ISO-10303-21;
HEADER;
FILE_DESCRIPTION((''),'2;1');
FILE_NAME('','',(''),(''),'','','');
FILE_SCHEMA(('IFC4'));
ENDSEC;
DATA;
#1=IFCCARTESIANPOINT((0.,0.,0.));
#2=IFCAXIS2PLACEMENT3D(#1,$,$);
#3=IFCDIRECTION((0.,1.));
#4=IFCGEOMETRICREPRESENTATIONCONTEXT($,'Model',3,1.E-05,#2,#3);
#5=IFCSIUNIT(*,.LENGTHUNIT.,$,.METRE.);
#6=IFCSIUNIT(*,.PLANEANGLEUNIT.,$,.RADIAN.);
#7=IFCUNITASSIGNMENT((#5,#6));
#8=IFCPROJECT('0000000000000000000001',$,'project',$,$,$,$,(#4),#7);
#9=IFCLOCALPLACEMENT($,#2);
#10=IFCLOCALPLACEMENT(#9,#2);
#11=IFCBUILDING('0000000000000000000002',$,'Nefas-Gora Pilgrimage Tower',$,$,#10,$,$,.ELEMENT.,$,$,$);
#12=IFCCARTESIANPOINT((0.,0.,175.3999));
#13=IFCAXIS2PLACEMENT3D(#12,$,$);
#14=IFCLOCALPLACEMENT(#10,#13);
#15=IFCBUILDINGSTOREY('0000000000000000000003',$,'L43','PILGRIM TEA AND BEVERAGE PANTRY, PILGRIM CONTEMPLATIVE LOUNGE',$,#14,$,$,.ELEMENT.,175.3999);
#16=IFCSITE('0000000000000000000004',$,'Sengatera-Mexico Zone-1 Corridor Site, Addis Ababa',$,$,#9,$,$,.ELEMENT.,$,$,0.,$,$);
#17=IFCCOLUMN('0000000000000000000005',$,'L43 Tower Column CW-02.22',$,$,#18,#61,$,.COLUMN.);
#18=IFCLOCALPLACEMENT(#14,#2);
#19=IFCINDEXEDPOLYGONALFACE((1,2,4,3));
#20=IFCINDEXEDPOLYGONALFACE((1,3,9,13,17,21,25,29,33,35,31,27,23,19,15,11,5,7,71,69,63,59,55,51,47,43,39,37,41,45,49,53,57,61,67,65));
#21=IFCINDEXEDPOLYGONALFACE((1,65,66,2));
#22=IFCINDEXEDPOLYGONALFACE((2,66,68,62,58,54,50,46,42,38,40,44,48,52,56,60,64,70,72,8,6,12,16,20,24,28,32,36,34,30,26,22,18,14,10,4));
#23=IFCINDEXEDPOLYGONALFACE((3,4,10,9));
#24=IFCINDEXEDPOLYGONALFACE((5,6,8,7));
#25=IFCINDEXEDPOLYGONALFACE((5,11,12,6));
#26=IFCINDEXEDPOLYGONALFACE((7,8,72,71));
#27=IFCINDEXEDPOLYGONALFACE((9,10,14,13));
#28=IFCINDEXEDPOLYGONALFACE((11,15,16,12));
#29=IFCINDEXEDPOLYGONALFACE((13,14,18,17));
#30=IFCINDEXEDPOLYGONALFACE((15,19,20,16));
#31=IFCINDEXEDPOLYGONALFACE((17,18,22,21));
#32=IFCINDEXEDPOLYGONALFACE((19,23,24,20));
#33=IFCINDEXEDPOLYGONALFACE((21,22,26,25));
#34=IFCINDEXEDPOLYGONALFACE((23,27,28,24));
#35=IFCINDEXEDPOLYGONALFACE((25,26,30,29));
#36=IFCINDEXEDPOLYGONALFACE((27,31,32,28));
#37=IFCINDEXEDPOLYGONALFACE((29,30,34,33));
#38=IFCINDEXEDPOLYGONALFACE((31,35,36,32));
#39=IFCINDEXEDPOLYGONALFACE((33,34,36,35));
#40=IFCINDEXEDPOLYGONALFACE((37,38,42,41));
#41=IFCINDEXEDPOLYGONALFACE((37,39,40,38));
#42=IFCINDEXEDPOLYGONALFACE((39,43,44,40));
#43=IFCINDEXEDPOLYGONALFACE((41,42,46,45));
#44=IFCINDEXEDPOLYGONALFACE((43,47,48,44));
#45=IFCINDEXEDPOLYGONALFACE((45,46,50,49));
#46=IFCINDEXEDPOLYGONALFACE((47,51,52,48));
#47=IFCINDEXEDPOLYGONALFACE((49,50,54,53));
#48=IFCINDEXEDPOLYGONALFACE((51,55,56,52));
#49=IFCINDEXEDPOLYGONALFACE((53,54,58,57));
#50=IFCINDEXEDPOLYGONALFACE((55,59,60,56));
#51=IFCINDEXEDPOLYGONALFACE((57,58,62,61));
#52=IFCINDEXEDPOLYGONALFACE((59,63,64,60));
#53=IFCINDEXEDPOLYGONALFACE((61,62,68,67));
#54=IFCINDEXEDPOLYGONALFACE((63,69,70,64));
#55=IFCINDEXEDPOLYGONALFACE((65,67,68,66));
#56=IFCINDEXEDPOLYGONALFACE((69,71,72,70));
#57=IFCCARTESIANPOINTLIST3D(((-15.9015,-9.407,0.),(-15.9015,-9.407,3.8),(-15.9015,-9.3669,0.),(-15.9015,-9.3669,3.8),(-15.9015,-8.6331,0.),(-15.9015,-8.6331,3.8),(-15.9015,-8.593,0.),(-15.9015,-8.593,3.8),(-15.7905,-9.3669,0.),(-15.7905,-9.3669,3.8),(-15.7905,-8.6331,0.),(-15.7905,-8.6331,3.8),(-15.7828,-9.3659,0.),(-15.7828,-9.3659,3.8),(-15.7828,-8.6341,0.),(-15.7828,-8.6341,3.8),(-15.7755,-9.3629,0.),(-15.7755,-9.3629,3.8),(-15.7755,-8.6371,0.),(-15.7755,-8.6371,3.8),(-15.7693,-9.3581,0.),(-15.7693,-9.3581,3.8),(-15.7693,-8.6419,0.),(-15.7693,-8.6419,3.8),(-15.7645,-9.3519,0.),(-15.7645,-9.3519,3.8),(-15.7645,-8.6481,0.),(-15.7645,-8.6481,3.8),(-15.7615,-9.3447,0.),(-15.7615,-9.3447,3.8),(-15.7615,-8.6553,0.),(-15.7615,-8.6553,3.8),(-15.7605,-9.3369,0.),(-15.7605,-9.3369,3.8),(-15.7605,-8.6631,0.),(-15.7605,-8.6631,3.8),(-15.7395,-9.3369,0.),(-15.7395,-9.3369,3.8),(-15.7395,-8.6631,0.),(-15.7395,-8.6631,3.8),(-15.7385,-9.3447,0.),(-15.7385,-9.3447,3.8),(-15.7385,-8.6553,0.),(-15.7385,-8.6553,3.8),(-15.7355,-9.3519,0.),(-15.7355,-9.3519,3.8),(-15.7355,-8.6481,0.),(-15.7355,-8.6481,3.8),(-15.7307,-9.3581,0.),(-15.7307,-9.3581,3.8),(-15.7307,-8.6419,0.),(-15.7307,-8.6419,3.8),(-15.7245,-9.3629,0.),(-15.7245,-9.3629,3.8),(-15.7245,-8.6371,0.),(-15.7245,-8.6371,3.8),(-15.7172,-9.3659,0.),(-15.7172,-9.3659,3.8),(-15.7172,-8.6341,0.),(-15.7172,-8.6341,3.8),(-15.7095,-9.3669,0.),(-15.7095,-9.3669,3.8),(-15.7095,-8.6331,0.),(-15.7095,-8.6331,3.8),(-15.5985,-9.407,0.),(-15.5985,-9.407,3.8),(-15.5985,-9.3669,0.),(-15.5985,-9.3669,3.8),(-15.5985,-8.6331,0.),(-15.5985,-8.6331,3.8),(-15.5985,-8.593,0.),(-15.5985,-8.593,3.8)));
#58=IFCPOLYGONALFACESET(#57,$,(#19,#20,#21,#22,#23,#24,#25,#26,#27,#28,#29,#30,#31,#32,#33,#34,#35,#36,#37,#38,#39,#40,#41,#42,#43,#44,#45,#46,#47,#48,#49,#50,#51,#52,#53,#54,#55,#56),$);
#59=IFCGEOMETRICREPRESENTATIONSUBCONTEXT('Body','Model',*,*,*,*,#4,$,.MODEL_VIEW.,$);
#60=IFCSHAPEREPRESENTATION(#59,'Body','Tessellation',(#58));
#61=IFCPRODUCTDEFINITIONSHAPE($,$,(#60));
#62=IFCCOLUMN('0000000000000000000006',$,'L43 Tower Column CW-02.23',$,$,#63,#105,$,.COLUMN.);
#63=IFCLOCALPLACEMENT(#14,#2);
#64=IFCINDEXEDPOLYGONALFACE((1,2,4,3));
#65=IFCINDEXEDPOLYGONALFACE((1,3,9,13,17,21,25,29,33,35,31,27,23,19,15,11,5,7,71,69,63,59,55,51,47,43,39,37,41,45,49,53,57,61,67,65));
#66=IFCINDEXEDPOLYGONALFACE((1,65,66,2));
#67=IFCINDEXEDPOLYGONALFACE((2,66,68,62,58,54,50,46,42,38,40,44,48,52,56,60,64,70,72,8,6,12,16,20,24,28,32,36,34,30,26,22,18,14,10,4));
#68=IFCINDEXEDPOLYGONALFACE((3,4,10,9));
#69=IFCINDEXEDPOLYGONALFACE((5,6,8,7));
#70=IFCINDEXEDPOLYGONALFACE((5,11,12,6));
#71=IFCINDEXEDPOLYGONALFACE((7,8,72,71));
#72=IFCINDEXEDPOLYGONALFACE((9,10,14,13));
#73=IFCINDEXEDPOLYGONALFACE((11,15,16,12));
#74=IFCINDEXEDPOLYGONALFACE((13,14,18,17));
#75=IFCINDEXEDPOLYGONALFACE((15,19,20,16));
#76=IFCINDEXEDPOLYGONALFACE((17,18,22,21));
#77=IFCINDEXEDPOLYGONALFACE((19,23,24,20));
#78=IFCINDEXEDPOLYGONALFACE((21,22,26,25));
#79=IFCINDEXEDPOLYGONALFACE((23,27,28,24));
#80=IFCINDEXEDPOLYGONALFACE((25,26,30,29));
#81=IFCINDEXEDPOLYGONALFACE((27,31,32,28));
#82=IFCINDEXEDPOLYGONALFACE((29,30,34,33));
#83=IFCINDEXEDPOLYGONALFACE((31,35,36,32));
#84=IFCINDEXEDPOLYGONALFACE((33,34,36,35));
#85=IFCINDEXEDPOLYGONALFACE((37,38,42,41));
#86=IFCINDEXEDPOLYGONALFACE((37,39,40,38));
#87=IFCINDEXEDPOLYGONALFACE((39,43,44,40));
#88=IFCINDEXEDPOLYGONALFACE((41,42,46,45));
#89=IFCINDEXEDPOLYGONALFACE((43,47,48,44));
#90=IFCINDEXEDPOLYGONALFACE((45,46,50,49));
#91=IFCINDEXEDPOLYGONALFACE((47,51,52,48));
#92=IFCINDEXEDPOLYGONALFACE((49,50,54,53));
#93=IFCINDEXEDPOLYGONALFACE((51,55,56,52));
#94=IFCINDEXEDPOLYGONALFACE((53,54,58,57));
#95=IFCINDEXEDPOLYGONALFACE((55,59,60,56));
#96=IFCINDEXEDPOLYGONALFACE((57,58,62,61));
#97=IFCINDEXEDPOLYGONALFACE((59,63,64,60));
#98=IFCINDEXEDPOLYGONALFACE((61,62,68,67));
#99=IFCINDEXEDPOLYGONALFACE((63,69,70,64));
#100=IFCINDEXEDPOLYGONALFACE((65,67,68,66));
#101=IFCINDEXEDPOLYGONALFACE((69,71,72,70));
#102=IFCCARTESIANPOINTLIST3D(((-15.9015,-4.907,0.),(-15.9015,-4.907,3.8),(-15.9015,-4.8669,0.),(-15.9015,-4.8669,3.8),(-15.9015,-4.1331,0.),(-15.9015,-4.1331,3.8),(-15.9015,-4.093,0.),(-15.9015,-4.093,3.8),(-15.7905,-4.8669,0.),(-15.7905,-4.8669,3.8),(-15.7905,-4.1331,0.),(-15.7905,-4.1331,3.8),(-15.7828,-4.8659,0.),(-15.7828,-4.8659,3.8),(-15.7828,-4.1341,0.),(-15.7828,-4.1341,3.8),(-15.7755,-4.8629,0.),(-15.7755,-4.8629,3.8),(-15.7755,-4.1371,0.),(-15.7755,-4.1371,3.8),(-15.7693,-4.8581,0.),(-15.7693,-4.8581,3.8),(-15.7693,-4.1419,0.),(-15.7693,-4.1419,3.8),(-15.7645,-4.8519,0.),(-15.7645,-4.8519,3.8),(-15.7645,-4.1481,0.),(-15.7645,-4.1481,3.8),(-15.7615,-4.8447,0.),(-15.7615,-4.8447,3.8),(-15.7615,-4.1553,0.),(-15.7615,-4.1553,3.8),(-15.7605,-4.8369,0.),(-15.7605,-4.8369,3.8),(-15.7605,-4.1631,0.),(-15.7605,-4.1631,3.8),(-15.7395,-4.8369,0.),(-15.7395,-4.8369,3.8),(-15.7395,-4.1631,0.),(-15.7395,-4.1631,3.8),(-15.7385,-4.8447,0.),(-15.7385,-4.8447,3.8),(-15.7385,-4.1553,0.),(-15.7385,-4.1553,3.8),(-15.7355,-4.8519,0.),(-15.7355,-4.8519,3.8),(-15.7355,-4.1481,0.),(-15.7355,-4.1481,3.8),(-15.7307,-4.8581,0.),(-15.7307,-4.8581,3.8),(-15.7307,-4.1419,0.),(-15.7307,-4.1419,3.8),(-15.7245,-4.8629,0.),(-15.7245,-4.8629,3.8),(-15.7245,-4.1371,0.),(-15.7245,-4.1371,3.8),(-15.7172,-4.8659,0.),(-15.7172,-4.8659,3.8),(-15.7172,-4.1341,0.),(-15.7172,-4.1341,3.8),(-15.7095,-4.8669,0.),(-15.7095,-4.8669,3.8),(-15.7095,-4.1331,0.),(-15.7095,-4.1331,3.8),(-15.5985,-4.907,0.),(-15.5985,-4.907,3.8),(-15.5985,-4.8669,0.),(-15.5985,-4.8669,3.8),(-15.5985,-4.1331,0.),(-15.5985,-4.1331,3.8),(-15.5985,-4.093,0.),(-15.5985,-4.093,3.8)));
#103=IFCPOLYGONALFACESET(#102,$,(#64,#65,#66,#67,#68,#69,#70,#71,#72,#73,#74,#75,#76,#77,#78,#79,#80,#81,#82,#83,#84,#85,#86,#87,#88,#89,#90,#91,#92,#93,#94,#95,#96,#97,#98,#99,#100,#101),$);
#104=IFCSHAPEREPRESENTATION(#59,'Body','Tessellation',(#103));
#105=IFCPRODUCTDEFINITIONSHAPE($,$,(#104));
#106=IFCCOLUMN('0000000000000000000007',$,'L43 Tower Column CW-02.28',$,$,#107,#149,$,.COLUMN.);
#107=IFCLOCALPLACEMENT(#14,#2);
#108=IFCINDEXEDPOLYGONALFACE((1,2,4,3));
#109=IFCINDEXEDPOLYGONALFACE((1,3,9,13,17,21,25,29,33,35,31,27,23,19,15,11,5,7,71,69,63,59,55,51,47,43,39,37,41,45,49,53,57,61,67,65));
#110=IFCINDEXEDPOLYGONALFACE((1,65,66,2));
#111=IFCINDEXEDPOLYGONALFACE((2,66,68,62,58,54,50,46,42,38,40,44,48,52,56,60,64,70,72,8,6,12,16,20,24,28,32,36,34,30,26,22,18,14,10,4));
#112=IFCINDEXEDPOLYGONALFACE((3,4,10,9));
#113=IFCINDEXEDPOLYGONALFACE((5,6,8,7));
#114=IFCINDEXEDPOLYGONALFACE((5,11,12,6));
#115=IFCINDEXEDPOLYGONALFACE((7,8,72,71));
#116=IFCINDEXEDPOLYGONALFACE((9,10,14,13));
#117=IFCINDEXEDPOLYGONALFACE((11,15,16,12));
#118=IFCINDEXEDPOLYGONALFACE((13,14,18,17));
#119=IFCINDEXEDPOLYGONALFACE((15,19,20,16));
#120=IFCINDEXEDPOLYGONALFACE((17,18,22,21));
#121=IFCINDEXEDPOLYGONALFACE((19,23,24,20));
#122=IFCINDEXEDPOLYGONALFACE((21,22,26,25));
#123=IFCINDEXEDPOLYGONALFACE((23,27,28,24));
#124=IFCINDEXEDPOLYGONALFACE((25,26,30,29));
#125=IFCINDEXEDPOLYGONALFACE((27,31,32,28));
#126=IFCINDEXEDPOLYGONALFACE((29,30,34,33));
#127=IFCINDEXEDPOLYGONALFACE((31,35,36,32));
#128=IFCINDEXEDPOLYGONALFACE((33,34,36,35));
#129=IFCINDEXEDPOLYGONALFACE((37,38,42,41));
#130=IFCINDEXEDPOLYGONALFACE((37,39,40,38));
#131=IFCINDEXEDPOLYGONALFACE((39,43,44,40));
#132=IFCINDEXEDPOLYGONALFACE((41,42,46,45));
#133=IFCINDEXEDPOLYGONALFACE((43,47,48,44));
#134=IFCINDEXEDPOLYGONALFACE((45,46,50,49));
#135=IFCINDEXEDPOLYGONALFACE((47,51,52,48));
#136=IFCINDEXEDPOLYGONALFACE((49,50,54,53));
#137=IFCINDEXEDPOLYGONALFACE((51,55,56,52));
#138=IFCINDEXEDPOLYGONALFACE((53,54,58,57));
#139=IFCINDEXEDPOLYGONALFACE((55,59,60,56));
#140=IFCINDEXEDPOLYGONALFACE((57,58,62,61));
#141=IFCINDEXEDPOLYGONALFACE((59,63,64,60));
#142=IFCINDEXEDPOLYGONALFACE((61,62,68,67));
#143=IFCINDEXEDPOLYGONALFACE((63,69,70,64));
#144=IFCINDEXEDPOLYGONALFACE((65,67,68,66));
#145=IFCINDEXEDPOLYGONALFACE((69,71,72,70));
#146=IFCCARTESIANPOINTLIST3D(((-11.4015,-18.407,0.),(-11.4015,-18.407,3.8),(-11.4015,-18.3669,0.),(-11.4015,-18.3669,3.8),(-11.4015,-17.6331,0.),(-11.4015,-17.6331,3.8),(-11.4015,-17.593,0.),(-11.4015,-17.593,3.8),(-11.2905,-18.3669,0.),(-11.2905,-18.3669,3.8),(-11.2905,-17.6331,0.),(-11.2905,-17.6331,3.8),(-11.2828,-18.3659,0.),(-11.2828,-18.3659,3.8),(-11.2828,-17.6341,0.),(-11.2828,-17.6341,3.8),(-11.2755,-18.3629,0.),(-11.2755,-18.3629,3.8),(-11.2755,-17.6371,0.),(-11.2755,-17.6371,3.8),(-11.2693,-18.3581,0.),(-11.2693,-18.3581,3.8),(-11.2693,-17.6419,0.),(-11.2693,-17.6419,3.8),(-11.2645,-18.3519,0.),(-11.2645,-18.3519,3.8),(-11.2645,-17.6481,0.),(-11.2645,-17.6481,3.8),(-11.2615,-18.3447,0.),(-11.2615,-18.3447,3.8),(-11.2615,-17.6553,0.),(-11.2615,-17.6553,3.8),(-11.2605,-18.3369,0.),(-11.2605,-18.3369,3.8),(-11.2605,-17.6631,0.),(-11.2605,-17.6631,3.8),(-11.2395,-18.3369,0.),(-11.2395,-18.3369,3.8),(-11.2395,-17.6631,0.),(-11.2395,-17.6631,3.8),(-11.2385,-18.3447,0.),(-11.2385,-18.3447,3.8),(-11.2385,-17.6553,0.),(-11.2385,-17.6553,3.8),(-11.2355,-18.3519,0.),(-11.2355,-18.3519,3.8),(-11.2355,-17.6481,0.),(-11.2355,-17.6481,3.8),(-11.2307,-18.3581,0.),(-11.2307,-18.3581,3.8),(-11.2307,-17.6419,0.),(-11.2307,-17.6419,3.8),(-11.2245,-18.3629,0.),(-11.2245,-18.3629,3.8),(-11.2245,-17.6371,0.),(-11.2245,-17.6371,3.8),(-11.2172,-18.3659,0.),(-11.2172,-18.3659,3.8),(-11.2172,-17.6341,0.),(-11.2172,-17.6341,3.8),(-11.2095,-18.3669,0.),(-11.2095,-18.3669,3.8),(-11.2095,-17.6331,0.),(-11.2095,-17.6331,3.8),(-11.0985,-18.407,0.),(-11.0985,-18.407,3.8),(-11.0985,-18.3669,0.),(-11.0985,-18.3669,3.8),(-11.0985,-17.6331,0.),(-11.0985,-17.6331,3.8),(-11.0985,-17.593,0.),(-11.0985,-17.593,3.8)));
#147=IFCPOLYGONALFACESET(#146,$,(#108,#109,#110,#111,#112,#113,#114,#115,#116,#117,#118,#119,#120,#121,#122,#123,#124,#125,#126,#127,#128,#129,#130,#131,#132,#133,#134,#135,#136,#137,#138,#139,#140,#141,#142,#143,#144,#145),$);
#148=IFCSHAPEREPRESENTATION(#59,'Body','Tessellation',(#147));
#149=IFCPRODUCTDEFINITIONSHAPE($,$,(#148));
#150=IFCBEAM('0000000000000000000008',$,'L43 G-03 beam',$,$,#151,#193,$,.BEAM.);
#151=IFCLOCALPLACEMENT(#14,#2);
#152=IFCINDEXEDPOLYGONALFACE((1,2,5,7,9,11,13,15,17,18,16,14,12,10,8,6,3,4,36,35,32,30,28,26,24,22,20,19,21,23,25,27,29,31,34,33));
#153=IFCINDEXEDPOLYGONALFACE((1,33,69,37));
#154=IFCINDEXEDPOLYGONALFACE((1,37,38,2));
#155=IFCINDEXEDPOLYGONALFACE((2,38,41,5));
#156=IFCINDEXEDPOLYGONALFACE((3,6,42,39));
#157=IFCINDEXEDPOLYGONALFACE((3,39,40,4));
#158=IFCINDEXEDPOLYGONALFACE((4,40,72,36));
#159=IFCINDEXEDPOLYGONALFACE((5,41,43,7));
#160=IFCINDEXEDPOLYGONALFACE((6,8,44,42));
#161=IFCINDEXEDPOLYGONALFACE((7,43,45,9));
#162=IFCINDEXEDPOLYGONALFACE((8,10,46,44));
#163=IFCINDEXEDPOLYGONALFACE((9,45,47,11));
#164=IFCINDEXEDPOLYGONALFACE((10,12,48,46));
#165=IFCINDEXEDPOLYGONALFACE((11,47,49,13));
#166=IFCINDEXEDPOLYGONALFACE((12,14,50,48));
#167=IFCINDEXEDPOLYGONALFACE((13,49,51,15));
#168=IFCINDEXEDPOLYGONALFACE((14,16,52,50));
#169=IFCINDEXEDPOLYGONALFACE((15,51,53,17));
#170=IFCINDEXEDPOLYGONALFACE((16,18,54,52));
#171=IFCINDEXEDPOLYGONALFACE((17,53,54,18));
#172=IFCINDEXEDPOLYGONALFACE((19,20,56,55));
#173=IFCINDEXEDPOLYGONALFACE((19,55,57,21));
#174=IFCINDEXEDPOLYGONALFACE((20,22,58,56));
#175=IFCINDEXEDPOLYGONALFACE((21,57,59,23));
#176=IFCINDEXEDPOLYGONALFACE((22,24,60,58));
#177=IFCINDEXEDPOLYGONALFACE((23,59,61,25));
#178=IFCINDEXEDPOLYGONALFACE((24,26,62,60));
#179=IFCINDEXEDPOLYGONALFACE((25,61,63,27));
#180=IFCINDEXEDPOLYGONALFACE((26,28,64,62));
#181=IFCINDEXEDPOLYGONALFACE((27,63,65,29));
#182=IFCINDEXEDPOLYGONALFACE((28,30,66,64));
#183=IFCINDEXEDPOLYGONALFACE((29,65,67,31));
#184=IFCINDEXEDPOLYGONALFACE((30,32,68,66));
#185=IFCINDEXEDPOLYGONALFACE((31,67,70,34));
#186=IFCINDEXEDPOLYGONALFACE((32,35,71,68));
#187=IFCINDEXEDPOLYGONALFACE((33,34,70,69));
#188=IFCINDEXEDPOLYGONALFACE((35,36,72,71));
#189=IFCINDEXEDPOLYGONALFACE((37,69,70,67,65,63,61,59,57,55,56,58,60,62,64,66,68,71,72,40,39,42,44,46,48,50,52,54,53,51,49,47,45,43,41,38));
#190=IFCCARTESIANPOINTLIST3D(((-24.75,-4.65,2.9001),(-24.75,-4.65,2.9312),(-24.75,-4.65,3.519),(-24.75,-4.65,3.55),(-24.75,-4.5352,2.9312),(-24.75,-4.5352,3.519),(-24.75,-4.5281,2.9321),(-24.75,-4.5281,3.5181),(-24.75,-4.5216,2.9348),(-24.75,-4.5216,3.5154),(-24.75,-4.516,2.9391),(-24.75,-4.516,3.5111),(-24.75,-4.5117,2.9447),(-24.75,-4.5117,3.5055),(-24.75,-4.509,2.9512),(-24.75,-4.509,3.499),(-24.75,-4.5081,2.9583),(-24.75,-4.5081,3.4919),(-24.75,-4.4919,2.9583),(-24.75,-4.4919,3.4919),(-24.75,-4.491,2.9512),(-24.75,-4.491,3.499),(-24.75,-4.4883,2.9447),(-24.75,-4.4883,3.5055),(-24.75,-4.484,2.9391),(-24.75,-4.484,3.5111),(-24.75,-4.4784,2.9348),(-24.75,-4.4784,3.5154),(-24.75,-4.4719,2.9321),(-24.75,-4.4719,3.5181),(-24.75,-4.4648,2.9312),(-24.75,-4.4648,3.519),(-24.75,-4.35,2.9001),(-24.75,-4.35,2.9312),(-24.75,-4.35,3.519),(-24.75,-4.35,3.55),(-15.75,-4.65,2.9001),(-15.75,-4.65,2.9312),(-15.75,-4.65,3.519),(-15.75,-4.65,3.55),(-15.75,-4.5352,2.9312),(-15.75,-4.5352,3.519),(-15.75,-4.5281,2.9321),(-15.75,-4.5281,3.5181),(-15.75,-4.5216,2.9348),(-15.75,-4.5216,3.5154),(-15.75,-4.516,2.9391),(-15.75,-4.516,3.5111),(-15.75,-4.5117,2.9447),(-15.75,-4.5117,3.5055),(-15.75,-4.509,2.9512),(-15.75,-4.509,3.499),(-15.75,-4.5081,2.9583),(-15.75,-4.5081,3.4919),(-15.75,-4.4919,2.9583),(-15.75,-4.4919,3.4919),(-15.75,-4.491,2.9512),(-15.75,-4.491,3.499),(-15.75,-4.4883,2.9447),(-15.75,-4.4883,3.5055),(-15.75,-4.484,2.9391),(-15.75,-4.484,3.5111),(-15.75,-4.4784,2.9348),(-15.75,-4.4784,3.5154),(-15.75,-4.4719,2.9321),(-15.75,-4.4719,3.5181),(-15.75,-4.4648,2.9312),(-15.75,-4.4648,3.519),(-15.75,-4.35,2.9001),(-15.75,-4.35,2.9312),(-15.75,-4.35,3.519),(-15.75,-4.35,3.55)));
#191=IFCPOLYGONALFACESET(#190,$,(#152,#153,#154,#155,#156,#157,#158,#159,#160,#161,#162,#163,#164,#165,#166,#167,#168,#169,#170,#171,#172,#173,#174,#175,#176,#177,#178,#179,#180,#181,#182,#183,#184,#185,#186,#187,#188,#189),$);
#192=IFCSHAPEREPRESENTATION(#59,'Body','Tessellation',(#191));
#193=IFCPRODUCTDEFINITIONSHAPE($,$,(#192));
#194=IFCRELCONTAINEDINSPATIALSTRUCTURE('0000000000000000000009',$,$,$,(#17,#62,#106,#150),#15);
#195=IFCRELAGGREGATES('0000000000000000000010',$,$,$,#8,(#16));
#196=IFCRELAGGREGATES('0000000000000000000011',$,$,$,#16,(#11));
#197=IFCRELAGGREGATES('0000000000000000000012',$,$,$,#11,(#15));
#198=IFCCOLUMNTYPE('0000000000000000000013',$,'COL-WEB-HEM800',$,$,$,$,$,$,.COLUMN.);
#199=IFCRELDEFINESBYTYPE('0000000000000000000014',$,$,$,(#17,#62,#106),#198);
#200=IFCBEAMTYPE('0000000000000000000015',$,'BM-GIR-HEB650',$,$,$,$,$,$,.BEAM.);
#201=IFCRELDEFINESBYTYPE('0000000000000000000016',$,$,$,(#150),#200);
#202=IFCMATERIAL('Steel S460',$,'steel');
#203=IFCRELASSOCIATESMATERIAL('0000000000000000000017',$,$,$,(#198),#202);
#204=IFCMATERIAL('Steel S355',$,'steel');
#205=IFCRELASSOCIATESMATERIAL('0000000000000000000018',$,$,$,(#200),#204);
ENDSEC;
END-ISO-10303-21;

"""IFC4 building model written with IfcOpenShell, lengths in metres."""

from ifc_helpers import new_model, si_unit, direction, frame, origin, origin_2d, place, context, subcontext, project, spatial, i_section, extrude, source, transform, mapped, material, material_profile, profile_set, type_object, element, save


model = new_model("IFC4")

# Units and contexts
model_context = context("Model", 3, precision=1e-05, world=origin(), true_north=direction((0.0, 1.0)))
body_context = subcontext(model_context, "Body", "Model", "MODEL_VIEW")
ifc_project = project(units=[si_unit("LENGTHUNIT", "METRE"), si_unit("PLANEANGLEUNIT", "RADIAN")], contexts=[model_context])

# Site, building, storey
site_placement = place(None, origin())
site = spatial("IfcSite", under=ifc_project, at=site_placement, Name="Sengatera-Mexico Zone-1 Corridor Site, Addis Ababa", CompositionType="ELEMENT", RefElevation=0.0)
building_placement = place(site_placement, origin())
building = spatial("IfcBuilding", under=site, at=building_placement, Name="Nefas-Gora Pilgrimage Tower", CompositionType="ELEMENT")
storey_placement = place(building_placement, frame((0.0, 0.0, 175.3999)))
storey = spatial("IfcBuildingStorey", under=building, at=storey_placement, Name="L43", Description="PILGRIM TEA AND BEVERAGE PANTRY, PILGRIM CONTEMPLATIVE LOUNGE", CompositionType="ELEMENT", Elevation=175.3999)

# Columns
ifc_material_1 = material(Name="Steel S460", Category="steel")
ifc_material_profile_1 = material_profile(ifc_material_1, i_section(OverallWidth=0.303, OverallDepth=0.814, WebThickness=0.021, FlangeThickness=0.04, FilletRadius=0.03, at=origin_2d()), Name="HEM 800")
ifc_profile_set_1 = profile_set([ifc_material_profile_1], Name="Steel S460")
column_type_1 = type_object("IfcColumnType", Name="COL-WEB-HEM800", PredefinedType="COLUMN", material=ifc_profile_set_1)
shared_shape_1 = source(origin(), body_context, "Body", "SweptSolid", [
    extrude(i_section(OverallWidth=0.303, OverallDepth=0.814, WebThickness=0.021, FlangeThickness=0.04, FilletRadius=0.03, at=origin_2d()), origin(), (0.0, 0.0, 1.0), 3.8),
])
for number, where, z_axis, x_axis, name in (
    (1, (-15.75, -9.0, 0.0), (0.0, 0.0, 1.0), (1.0, 0.0, 0.0), "L43 Tower Column CW-02.22"),
    (2, (-15.75, -4.5, 0.0), (0.0, 0.0, 1.0), (1.0, 0.0, 0.0), "L43 Tower Column CW-02.23"),
    (3, (-11.25, -18.0, 0.0), (0.0, 0.0, 1.0), (1.0, 0.0, 0.0), "L43 Tower Column CW-02.28"),
):
    element("IfcColumn", number, at=place(storey_placement, frame(where, z_axis=z_axis, x_axis=x_axis)), inside=storey, type_object=column_type_1, Name=name, PredefinedType="COLUMN", context=body_context, shape_type="MappedRepresentation", body=[
        mapped(shared_shape_1, transform((0.0, 0.0, 0.0), x_axis=(1.0, 0.0, 0.0), y_axis=(0.0, 1.0, 0.0), z_axis=(0.0, 0.0, 1.0), scale=1.0)),
    ])

# Beam
ifc_material_2 = material(Name="Steel S355", Category="steel")
ifc_material_profile_2 = material_profile(ifc_material_2, i_section(OverallWidth=0.3, OverallDepth=0.6499, WebThickness=0.0161, FlangeThickness=0.031, FilletRadius=0.0271, at=origin_2d()), Name="HEB 650")
ifc_profile_set_2 = profile_set([ifc_material_profile_2], Name="Steel S355")
beam_type = type_object("IfcBeamType", Name="BM-GIR-HEB650", PredefinedType="BEAM", material=ifc_profile_set_2)
shared_shape_2 = source(origin(), body_context, "Body", "SweptSolid", [
    extrude(i_section(OverallWidth=0.3, OverallDepth=0.6499, WebThickness=0.0161, FlangeThickness=0.031, FilletRadius=0.0271, at=origin_2d()), origin(), (0.0, 0.0, 1.0), 9.0),
])
for number, where, z_axis, x_axis, name in (
    (4, (-24.75, -4.5, 3.2251), (1.0, 0.0, 0.0), (0.0, 1.0, 0.0), "L43 G-03 beam"),
):
    element("IfcBeam", number, at=place(storey_placement, frame(where, z_axis=z_axis, x_axis=x_axis)), inside=storey, type_object=beam_type, Name=name, PredefinedType="BEAM", context=body_context, shape_type="MappedRepresentation", body=[
        mapped(shared_shape_2, transform((0.0, 0.0, 0.0), x_axis=(1.0, 0.0, 0.0), y_axis=(0.0, 1.0, 0.0), z_axis=(0.0, 0.0, 1.0), scale=1.0)),
    ])

save(model, "model.ifc")
